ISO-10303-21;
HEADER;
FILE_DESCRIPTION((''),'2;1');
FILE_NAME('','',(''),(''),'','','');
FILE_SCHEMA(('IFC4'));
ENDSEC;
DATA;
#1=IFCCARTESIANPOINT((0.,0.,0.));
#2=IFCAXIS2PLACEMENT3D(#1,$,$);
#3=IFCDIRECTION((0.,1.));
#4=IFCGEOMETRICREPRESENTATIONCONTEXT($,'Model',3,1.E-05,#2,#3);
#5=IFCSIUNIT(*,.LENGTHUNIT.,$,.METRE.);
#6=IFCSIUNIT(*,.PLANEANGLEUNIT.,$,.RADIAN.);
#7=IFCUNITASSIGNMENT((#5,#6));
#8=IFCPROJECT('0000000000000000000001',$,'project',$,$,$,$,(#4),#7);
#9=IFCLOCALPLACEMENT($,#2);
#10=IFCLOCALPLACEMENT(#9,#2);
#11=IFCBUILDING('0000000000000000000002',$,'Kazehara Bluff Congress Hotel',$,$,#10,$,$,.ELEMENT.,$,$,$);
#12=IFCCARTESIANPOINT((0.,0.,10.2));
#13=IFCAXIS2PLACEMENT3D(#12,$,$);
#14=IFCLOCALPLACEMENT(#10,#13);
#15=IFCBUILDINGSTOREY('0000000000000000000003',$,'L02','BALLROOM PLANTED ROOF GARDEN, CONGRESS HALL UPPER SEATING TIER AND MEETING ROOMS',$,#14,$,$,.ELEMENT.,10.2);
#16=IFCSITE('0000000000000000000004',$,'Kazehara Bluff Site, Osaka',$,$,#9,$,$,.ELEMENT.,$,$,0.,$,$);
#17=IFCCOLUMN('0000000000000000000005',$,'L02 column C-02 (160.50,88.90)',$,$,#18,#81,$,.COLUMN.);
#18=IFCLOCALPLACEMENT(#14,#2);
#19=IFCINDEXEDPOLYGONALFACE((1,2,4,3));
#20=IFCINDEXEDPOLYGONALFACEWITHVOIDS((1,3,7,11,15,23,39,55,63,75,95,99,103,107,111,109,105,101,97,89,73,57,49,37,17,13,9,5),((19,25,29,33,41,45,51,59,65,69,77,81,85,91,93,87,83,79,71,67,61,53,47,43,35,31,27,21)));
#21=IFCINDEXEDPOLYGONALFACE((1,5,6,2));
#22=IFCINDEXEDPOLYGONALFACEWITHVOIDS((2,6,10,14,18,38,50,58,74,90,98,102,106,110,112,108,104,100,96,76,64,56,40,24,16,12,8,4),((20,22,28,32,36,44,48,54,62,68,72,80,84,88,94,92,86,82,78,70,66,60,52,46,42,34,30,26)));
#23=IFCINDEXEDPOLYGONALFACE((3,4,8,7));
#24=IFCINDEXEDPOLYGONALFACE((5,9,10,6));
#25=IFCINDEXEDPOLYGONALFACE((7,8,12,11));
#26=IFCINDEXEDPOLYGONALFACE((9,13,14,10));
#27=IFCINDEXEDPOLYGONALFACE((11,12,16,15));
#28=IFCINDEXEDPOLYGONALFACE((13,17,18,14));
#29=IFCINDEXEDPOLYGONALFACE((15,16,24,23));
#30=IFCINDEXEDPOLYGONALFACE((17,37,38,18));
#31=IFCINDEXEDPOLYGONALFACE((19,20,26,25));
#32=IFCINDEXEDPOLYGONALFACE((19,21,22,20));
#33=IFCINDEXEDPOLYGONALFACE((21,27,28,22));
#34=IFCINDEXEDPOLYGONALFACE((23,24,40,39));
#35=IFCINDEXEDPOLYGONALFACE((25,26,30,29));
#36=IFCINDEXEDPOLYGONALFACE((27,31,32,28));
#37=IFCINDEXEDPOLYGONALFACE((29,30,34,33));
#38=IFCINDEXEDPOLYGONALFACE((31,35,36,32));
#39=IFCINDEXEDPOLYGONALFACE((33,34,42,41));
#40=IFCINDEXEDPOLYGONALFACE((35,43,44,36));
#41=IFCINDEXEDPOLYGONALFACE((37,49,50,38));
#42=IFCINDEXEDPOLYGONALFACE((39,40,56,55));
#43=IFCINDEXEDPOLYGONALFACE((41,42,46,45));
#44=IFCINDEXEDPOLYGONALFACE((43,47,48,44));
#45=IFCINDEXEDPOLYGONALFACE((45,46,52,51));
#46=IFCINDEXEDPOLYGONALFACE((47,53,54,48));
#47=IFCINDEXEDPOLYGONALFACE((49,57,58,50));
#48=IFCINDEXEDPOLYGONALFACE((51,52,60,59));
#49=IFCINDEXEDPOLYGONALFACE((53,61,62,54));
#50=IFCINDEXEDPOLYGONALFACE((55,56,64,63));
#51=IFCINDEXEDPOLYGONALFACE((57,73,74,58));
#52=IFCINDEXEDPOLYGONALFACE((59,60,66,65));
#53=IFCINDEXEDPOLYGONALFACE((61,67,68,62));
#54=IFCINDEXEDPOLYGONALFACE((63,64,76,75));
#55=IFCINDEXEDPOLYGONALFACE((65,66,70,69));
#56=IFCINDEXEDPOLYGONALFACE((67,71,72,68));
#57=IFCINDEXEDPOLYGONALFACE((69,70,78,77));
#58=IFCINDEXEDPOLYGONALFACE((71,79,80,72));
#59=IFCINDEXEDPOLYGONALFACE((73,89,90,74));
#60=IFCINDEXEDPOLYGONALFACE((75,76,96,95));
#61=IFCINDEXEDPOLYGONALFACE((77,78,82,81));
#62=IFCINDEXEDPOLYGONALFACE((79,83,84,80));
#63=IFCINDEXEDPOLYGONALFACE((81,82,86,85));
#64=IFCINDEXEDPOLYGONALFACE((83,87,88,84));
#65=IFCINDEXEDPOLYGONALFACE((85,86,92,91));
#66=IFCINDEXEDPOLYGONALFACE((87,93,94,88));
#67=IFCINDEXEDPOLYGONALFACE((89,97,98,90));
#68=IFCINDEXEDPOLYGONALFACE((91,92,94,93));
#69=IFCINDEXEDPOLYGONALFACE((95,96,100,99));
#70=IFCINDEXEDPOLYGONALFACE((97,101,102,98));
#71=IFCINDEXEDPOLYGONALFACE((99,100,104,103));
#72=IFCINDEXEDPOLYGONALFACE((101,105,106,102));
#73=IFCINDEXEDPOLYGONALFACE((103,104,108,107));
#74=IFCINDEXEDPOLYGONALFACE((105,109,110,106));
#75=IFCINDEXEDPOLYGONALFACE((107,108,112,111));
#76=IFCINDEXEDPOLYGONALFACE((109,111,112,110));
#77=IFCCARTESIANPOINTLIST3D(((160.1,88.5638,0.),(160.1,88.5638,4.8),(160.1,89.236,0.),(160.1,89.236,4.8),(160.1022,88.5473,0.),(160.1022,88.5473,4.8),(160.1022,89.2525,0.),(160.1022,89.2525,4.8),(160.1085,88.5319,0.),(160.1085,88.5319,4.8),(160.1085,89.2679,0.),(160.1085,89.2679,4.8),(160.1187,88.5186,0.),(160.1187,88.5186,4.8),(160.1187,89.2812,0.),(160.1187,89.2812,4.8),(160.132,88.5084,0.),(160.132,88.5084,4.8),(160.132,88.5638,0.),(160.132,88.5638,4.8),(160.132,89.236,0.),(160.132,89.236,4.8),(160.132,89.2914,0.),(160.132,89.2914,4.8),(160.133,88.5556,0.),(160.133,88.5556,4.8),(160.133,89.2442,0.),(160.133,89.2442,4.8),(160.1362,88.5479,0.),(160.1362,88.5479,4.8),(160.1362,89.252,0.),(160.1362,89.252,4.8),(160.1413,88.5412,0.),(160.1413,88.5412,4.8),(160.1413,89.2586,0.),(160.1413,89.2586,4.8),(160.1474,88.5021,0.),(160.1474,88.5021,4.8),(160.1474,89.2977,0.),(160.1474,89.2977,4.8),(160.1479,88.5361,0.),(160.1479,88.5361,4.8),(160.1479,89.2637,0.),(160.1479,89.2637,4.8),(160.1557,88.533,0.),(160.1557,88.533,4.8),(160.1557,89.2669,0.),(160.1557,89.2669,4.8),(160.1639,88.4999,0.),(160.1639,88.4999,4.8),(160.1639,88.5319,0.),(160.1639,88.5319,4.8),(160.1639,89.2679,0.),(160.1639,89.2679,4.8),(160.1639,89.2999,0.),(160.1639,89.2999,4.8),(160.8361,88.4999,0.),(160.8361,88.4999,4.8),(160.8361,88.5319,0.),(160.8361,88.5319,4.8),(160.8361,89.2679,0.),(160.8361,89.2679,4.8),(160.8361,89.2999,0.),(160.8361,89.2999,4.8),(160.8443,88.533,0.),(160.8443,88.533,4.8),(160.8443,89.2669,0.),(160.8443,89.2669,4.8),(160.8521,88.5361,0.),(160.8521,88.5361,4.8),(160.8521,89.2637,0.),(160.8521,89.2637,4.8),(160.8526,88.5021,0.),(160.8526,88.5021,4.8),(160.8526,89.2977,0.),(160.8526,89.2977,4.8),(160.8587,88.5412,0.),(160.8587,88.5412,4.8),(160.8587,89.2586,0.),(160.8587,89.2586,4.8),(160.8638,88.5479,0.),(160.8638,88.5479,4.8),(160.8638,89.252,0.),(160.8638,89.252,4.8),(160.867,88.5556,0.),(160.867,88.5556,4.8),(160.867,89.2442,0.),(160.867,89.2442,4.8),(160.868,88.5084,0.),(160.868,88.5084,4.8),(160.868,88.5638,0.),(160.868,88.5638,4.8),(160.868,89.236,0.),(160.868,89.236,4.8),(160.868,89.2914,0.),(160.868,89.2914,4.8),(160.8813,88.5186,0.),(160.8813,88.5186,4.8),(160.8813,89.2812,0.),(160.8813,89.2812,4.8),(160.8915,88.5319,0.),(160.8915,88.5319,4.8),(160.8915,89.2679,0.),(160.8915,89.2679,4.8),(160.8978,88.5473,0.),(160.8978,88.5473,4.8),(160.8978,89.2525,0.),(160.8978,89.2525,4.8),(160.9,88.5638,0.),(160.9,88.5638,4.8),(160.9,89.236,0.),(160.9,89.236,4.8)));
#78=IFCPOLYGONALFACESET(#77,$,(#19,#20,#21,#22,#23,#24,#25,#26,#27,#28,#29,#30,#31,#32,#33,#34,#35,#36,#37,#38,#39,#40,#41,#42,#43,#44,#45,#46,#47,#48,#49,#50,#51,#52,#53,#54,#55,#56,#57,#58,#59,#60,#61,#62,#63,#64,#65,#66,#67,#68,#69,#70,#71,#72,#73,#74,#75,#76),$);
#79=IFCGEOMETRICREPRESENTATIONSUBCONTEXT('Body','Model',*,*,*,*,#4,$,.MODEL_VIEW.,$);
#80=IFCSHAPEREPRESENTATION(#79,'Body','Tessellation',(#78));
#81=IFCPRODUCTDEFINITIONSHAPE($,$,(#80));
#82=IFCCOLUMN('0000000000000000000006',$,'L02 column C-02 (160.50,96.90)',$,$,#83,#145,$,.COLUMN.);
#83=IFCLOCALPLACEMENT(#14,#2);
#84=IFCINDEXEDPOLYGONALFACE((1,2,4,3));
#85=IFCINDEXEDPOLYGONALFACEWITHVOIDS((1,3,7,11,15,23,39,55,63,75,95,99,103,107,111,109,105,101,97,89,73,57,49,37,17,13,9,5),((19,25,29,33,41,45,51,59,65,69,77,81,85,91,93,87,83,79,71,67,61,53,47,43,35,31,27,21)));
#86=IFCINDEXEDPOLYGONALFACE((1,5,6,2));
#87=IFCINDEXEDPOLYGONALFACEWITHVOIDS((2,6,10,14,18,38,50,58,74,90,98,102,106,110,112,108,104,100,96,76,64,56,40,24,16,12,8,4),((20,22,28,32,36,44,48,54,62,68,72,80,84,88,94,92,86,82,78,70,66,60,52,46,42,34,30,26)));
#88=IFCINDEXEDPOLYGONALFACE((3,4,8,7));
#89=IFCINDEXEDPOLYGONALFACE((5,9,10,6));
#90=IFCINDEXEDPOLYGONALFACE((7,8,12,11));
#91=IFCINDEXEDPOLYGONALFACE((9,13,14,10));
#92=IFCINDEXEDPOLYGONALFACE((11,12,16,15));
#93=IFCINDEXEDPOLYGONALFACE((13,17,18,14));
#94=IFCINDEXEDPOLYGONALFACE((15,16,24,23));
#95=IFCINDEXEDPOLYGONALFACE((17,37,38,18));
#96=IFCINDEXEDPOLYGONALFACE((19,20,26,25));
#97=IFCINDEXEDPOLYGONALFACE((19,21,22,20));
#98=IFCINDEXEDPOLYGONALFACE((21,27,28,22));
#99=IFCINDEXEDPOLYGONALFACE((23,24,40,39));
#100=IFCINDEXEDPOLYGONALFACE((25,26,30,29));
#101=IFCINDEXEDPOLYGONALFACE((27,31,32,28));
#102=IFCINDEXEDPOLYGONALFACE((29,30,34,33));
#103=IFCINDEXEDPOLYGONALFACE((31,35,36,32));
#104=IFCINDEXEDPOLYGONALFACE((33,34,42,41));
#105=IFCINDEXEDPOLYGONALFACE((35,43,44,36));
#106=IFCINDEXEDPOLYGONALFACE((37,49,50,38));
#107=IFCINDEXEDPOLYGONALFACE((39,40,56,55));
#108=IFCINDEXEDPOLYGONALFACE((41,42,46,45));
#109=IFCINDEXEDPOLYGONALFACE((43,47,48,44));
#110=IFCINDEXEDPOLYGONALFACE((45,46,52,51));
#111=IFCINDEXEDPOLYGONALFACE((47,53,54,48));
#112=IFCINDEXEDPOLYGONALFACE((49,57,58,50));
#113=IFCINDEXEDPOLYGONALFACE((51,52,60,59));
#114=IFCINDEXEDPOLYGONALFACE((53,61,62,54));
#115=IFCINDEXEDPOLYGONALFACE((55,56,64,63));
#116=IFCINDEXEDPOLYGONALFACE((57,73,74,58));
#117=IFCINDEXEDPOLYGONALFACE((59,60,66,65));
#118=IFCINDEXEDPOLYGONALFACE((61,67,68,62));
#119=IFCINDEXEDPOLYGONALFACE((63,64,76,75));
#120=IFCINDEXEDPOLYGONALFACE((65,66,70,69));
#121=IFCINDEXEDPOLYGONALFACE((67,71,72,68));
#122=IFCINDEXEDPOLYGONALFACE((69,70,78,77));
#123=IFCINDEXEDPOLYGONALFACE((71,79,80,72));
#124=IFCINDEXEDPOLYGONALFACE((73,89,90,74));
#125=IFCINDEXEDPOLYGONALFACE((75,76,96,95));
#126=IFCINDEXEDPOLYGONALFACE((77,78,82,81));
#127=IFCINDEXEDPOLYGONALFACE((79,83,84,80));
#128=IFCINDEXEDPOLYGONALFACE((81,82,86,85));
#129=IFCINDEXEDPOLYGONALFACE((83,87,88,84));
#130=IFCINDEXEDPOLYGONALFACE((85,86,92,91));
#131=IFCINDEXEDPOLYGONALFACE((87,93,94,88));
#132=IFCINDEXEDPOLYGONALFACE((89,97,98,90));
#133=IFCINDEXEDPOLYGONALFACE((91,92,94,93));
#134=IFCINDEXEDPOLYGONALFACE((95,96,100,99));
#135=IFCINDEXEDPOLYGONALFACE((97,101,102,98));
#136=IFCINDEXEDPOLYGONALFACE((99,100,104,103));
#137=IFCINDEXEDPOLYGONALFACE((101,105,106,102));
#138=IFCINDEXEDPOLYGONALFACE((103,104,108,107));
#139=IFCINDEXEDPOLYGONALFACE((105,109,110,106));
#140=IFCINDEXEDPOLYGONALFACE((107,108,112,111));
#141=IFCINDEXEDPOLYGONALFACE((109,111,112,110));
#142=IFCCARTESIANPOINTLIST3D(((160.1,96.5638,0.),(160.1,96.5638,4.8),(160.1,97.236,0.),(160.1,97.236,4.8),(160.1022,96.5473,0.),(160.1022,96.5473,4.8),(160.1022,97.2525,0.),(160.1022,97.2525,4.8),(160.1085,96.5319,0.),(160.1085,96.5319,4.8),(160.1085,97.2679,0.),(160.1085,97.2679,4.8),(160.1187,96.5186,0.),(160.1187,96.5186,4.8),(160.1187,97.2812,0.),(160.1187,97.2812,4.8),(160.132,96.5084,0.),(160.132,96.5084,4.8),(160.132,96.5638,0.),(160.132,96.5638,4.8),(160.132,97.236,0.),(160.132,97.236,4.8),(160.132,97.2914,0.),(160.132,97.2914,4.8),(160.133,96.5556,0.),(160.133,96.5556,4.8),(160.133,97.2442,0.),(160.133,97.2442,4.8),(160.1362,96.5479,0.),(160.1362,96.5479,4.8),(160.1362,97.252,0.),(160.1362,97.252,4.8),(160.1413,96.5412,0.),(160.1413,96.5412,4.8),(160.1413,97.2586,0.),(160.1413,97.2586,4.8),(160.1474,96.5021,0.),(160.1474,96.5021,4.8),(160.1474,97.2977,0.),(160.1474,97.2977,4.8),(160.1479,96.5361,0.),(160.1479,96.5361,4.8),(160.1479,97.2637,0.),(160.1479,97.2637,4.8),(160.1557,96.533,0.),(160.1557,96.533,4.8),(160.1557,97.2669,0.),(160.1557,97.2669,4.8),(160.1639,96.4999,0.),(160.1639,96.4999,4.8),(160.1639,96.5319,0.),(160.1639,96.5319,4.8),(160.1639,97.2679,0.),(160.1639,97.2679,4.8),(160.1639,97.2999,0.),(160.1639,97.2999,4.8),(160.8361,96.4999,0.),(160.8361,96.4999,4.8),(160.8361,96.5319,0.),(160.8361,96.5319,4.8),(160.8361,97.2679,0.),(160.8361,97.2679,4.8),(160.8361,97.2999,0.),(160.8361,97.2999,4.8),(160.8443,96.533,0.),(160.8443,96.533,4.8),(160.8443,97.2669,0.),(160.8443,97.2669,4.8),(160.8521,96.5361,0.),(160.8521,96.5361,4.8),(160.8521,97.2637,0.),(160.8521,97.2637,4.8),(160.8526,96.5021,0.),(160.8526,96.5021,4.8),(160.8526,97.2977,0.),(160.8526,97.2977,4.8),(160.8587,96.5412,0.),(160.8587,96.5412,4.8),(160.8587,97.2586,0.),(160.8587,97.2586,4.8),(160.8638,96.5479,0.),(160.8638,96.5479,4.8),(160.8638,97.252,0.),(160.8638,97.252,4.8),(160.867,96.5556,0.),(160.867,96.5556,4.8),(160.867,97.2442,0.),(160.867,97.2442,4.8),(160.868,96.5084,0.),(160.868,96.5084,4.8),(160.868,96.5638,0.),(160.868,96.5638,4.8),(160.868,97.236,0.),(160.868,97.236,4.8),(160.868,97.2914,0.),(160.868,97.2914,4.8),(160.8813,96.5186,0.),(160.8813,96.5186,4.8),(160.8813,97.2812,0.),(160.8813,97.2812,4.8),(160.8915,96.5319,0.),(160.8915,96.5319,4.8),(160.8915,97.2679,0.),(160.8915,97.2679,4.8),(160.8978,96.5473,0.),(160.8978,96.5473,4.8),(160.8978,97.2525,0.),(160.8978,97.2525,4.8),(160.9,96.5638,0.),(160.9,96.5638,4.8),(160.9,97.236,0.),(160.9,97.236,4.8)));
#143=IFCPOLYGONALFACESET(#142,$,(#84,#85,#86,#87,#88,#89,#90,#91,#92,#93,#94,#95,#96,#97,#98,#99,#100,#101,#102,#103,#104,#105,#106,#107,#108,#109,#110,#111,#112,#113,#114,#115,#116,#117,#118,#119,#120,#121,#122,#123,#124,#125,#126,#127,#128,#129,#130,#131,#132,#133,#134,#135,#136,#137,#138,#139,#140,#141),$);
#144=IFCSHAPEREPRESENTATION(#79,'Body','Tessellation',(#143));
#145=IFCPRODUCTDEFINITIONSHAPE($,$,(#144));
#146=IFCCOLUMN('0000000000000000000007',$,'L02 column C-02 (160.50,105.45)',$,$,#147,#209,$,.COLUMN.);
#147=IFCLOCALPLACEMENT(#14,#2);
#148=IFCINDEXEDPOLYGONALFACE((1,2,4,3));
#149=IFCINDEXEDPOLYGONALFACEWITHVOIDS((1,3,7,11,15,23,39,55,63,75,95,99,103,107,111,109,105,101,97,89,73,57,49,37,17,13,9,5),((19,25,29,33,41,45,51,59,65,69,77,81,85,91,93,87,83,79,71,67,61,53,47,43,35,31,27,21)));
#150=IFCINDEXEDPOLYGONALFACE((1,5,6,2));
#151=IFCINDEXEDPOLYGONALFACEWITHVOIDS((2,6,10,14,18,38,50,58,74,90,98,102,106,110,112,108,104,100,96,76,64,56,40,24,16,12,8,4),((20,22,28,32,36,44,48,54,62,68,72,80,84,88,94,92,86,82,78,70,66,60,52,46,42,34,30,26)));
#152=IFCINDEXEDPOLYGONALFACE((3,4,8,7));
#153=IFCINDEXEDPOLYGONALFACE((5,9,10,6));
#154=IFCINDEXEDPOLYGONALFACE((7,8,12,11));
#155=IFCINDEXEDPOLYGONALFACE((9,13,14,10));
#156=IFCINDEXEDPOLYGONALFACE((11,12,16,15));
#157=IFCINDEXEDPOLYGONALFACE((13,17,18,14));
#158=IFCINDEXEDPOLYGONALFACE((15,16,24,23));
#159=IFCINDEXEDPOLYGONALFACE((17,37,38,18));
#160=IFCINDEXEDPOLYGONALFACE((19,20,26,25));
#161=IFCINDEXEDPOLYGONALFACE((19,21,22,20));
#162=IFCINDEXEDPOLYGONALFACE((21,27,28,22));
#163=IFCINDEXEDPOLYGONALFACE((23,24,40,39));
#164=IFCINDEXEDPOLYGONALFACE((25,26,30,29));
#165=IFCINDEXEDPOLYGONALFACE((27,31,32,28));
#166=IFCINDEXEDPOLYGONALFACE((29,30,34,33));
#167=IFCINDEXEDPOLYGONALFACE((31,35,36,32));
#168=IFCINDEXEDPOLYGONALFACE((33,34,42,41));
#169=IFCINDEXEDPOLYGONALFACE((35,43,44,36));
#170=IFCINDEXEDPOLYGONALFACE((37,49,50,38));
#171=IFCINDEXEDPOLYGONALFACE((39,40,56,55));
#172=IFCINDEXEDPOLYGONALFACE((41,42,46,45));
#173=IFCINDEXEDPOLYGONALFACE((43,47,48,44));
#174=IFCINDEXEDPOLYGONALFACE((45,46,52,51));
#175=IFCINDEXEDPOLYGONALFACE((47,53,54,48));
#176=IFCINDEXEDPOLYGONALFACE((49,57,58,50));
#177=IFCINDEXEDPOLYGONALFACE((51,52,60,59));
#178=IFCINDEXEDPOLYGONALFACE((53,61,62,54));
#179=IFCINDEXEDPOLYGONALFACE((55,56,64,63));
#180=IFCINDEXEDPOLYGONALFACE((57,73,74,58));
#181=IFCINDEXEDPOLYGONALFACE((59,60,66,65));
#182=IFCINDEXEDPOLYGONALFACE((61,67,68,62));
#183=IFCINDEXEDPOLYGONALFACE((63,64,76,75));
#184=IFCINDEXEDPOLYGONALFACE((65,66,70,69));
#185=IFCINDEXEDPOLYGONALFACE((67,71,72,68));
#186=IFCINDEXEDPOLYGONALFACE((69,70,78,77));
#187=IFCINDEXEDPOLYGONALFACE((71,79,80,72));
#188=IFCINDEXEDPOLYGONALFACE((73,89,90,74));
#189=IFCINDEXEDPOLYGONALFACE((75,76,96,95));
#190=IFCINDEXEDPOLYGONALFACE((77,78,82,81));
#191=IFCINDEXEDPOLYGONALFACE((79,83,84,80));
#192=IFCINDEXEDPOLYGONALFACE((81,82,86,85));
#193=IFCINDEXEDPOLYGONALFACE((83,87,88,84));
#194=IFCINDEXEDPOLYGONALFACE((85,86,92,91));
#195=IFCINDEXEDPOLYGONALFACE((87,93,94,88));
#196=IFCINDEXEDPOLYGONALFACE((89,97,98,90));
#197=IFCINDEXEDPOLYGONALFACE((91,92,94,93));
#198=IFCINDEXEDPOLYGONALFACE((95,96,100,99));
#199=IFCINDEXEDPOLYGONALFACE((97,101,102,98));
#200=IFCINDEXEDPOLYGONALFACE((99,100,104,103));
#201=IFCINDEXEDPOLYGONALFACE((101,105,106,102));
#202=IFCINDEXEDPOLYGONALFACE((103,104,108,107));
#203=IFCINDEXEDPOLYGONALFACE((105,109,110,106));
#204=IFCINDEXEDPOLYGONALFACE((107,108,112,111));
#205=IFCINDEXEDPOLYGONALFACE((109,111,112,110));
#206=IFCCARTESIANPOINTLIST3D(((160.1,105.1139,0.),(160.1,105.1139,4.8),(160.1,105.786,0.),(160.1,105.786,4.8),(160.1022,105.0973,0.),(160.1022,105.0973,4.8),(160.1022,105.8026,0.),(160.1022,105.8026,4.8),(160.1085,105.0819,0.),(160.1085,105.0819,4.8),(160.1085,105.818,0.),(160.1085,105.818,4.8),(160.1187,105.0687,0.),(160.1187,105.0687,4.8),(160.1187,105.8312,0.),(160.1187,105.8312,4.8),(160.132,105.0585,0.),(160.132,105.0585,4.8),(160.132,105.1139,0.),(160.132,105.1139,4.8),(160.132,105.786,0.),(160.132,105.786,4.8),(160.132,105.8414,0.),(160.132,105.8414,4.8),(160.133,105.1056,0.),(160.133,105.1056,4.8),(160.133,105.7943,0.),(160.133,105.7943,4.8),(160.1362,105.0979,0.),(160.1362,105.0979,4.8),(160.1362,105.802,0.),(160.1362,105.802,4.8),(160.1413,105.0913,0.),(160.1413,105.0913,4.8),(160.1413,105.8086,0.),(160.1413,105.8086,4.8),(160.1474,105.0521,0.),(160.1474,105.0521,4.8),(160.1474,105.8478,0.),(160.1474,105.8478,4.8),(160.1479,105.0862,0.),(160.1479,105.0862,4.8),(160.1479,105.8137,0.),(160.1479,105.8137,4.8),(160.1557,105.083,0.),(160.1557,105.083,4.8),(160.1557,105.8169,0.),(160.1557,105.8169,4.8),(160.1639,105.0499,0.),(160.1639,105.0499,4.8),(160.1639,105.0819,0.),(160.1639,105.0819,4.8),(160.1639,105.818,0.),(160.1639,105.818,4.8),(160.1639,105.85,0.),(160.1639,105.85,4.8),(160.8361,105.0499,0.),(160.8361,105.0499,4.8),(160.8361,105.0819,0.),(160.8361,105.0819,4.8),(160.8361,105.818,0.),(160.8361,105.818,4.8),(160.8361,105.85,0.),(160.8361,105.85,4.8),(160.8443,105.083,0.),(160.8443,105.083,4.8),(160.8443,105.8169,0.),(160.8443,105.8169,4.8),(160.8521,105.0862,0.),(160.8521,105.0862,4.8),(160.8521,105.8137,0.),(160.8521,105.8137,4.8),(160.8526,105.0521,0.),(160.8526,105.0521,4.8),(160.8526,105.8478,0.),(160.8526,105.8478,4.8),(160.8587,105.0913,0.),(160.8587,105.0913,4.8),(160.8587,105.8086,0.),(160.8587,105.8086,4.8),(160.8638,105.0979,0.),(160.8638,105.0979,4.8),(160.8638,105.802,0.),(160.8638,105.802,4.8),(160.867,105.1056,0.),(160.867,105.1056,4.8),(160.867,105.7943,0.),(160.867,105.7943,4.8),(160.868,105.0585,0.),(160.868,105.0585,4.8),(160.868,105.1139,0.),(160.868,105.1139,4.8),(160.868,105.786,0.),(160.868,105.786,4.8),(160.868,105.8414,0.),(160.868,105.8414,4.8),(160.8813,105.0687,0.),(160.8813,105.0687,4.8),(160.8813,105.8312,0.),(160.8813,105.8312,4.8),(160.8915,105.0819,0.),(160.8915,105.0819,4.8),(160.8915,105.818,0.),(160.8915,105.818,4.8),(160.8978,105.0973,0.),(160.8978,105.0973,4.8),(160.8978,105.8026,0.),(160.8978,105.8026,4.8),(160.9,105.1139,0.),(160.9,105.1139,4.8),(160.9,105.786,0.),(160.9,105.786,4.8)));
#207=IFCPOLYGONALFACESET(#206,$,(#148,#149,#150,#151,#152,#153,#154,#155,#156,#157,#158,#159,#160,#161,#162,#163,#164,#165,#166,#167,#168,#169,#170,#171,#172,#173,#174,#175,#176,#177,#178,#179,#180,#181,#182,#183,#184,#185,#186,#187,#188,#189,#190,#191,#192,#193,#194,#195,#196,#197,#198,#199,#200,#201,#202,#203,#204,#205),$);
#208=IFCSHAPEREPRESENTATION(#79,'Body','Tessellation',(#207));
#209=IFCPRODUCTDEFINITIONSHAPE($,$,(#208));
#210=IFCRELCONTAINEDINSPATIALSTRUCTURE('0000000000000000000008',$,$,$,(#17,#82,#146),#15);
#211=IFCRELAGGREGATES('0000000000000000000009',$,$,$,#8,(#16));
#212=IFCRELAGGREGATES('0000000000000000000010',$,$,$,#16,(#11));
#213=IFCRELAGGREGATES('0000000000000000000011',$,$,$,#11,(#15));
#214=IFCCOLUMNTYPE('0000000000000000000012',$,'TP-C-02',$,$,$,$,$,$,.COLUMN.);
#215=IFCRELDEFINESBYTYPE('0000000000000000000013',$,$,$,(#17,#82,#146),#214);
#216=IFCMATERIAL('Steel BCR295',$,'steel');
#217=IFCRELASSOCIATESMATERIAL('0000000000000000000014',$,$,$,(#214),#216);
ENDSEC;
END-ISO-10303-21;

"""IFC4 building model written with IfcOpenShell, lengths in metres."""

from ifc_helpers import new_model, si_unit, direction, frame, origin, origin_2d, place, context, subcontext, project, spatial, hollow_rectangle, extrude, material, material_profile, profile_set, type_object, element, save


model = new_model("IFC4")

# Units and contexts
model_context = context("Model", 3, precision=1e-05, world=origin(), true_north=direction((0.0, 1.0)))
body_context = subcontext(model_context, "Body", "Model", "MODEL_VIEW")
ifc_project = project(units=[si_unit("LENGTHUNIT", "METRE"), si_unit("PLANEANGLEUNIT", "RADIAN")], contexts=[model_context])

# Site, building, storey
site_placement = place(None, origin())
site = spatial("IfcSite", under=ifc_project, at=site_placement, Name="Kazehara Bluff Site, Osaka", CompositionType="ELEMENT", RefElevation=0.0)
building_placement = place(site_placement, origin())
building = spatial("IfcBuilding", under=site, at=building_placement, Name="Kazehara Bluff Congress Hotel", CompositionType="ELEMENT")
storey_placement = place(building_placement, frame((0.0, 0.0, 10.2)))
storey = spatial("IfcBuildingStorey", under=building, at=storey_placement, Name="L02", Description="BALLROOM PLANTED ROOF GARDEN, CONGRESS HALL UPPER SEATING TIER AND MEETING ROOMS", CompositionType="ELEMENT", Elevation=10.2)

# Columns
ifc_material_1 = material(Name="Steel BCR295", Category="steel")
ifc_material_profile_1 = material_profile(ifc_material_1, hollow_rectangle(XDim=0.8, YDim=0.8, WallThickness=0.032, InnerFilletRadius=0.032, OuterFilletRadius=0.064, at=origin_2d()))
ifc_profile_set_1 = profile_set([ifc_material_profile_1], Name="Steel BCR295")
column_type_1 = type_object("IfcColumnType", Name="TP-C-02", PredefinedType="COLUMN", material=ifc_profile_set_1)
for number, where, z_axis, x_axis, name in (
    (1, (160.5, 88.8999, 0.0), (0.0, 0.0, 1.0), (1.0, 0.0, 0.0), "L02 column C-02 (160.50,88.90)"),
    (2, (160.5, 96.8999, 0.0), (0.0, 0.0, 1.0), (1.0, 0.0, 0.0), "L02 column C-02 (160.50,96.90)"),
    (3, (160.5, 105.45, 0.0), (0.0, 0.0, 1.0), (1.0, 0.0, 0.0), "L02 column C-02 (160.50,105.45)"),
):
    element("IfcColumn", number, at=place(storey_placement, frame(where, z_axis=z_axis, x_axis=x_axis)), inside=storey, type_object=column_type_1, Name=name, PredefinedType="COLUMN", context=body_context, shape_type="SweptSolid", body=[
        extrude(hollow_rectangle(XDim=0.8, YDim=0.8, WallThickness=0.032, InnerFilletRadius=0.032, OuterFilletRadius=0.064, at=origin_2d()), origin(), (0.0, 0.0, 1.0), 4.8),
    ])

save(model, "model.ifc")
